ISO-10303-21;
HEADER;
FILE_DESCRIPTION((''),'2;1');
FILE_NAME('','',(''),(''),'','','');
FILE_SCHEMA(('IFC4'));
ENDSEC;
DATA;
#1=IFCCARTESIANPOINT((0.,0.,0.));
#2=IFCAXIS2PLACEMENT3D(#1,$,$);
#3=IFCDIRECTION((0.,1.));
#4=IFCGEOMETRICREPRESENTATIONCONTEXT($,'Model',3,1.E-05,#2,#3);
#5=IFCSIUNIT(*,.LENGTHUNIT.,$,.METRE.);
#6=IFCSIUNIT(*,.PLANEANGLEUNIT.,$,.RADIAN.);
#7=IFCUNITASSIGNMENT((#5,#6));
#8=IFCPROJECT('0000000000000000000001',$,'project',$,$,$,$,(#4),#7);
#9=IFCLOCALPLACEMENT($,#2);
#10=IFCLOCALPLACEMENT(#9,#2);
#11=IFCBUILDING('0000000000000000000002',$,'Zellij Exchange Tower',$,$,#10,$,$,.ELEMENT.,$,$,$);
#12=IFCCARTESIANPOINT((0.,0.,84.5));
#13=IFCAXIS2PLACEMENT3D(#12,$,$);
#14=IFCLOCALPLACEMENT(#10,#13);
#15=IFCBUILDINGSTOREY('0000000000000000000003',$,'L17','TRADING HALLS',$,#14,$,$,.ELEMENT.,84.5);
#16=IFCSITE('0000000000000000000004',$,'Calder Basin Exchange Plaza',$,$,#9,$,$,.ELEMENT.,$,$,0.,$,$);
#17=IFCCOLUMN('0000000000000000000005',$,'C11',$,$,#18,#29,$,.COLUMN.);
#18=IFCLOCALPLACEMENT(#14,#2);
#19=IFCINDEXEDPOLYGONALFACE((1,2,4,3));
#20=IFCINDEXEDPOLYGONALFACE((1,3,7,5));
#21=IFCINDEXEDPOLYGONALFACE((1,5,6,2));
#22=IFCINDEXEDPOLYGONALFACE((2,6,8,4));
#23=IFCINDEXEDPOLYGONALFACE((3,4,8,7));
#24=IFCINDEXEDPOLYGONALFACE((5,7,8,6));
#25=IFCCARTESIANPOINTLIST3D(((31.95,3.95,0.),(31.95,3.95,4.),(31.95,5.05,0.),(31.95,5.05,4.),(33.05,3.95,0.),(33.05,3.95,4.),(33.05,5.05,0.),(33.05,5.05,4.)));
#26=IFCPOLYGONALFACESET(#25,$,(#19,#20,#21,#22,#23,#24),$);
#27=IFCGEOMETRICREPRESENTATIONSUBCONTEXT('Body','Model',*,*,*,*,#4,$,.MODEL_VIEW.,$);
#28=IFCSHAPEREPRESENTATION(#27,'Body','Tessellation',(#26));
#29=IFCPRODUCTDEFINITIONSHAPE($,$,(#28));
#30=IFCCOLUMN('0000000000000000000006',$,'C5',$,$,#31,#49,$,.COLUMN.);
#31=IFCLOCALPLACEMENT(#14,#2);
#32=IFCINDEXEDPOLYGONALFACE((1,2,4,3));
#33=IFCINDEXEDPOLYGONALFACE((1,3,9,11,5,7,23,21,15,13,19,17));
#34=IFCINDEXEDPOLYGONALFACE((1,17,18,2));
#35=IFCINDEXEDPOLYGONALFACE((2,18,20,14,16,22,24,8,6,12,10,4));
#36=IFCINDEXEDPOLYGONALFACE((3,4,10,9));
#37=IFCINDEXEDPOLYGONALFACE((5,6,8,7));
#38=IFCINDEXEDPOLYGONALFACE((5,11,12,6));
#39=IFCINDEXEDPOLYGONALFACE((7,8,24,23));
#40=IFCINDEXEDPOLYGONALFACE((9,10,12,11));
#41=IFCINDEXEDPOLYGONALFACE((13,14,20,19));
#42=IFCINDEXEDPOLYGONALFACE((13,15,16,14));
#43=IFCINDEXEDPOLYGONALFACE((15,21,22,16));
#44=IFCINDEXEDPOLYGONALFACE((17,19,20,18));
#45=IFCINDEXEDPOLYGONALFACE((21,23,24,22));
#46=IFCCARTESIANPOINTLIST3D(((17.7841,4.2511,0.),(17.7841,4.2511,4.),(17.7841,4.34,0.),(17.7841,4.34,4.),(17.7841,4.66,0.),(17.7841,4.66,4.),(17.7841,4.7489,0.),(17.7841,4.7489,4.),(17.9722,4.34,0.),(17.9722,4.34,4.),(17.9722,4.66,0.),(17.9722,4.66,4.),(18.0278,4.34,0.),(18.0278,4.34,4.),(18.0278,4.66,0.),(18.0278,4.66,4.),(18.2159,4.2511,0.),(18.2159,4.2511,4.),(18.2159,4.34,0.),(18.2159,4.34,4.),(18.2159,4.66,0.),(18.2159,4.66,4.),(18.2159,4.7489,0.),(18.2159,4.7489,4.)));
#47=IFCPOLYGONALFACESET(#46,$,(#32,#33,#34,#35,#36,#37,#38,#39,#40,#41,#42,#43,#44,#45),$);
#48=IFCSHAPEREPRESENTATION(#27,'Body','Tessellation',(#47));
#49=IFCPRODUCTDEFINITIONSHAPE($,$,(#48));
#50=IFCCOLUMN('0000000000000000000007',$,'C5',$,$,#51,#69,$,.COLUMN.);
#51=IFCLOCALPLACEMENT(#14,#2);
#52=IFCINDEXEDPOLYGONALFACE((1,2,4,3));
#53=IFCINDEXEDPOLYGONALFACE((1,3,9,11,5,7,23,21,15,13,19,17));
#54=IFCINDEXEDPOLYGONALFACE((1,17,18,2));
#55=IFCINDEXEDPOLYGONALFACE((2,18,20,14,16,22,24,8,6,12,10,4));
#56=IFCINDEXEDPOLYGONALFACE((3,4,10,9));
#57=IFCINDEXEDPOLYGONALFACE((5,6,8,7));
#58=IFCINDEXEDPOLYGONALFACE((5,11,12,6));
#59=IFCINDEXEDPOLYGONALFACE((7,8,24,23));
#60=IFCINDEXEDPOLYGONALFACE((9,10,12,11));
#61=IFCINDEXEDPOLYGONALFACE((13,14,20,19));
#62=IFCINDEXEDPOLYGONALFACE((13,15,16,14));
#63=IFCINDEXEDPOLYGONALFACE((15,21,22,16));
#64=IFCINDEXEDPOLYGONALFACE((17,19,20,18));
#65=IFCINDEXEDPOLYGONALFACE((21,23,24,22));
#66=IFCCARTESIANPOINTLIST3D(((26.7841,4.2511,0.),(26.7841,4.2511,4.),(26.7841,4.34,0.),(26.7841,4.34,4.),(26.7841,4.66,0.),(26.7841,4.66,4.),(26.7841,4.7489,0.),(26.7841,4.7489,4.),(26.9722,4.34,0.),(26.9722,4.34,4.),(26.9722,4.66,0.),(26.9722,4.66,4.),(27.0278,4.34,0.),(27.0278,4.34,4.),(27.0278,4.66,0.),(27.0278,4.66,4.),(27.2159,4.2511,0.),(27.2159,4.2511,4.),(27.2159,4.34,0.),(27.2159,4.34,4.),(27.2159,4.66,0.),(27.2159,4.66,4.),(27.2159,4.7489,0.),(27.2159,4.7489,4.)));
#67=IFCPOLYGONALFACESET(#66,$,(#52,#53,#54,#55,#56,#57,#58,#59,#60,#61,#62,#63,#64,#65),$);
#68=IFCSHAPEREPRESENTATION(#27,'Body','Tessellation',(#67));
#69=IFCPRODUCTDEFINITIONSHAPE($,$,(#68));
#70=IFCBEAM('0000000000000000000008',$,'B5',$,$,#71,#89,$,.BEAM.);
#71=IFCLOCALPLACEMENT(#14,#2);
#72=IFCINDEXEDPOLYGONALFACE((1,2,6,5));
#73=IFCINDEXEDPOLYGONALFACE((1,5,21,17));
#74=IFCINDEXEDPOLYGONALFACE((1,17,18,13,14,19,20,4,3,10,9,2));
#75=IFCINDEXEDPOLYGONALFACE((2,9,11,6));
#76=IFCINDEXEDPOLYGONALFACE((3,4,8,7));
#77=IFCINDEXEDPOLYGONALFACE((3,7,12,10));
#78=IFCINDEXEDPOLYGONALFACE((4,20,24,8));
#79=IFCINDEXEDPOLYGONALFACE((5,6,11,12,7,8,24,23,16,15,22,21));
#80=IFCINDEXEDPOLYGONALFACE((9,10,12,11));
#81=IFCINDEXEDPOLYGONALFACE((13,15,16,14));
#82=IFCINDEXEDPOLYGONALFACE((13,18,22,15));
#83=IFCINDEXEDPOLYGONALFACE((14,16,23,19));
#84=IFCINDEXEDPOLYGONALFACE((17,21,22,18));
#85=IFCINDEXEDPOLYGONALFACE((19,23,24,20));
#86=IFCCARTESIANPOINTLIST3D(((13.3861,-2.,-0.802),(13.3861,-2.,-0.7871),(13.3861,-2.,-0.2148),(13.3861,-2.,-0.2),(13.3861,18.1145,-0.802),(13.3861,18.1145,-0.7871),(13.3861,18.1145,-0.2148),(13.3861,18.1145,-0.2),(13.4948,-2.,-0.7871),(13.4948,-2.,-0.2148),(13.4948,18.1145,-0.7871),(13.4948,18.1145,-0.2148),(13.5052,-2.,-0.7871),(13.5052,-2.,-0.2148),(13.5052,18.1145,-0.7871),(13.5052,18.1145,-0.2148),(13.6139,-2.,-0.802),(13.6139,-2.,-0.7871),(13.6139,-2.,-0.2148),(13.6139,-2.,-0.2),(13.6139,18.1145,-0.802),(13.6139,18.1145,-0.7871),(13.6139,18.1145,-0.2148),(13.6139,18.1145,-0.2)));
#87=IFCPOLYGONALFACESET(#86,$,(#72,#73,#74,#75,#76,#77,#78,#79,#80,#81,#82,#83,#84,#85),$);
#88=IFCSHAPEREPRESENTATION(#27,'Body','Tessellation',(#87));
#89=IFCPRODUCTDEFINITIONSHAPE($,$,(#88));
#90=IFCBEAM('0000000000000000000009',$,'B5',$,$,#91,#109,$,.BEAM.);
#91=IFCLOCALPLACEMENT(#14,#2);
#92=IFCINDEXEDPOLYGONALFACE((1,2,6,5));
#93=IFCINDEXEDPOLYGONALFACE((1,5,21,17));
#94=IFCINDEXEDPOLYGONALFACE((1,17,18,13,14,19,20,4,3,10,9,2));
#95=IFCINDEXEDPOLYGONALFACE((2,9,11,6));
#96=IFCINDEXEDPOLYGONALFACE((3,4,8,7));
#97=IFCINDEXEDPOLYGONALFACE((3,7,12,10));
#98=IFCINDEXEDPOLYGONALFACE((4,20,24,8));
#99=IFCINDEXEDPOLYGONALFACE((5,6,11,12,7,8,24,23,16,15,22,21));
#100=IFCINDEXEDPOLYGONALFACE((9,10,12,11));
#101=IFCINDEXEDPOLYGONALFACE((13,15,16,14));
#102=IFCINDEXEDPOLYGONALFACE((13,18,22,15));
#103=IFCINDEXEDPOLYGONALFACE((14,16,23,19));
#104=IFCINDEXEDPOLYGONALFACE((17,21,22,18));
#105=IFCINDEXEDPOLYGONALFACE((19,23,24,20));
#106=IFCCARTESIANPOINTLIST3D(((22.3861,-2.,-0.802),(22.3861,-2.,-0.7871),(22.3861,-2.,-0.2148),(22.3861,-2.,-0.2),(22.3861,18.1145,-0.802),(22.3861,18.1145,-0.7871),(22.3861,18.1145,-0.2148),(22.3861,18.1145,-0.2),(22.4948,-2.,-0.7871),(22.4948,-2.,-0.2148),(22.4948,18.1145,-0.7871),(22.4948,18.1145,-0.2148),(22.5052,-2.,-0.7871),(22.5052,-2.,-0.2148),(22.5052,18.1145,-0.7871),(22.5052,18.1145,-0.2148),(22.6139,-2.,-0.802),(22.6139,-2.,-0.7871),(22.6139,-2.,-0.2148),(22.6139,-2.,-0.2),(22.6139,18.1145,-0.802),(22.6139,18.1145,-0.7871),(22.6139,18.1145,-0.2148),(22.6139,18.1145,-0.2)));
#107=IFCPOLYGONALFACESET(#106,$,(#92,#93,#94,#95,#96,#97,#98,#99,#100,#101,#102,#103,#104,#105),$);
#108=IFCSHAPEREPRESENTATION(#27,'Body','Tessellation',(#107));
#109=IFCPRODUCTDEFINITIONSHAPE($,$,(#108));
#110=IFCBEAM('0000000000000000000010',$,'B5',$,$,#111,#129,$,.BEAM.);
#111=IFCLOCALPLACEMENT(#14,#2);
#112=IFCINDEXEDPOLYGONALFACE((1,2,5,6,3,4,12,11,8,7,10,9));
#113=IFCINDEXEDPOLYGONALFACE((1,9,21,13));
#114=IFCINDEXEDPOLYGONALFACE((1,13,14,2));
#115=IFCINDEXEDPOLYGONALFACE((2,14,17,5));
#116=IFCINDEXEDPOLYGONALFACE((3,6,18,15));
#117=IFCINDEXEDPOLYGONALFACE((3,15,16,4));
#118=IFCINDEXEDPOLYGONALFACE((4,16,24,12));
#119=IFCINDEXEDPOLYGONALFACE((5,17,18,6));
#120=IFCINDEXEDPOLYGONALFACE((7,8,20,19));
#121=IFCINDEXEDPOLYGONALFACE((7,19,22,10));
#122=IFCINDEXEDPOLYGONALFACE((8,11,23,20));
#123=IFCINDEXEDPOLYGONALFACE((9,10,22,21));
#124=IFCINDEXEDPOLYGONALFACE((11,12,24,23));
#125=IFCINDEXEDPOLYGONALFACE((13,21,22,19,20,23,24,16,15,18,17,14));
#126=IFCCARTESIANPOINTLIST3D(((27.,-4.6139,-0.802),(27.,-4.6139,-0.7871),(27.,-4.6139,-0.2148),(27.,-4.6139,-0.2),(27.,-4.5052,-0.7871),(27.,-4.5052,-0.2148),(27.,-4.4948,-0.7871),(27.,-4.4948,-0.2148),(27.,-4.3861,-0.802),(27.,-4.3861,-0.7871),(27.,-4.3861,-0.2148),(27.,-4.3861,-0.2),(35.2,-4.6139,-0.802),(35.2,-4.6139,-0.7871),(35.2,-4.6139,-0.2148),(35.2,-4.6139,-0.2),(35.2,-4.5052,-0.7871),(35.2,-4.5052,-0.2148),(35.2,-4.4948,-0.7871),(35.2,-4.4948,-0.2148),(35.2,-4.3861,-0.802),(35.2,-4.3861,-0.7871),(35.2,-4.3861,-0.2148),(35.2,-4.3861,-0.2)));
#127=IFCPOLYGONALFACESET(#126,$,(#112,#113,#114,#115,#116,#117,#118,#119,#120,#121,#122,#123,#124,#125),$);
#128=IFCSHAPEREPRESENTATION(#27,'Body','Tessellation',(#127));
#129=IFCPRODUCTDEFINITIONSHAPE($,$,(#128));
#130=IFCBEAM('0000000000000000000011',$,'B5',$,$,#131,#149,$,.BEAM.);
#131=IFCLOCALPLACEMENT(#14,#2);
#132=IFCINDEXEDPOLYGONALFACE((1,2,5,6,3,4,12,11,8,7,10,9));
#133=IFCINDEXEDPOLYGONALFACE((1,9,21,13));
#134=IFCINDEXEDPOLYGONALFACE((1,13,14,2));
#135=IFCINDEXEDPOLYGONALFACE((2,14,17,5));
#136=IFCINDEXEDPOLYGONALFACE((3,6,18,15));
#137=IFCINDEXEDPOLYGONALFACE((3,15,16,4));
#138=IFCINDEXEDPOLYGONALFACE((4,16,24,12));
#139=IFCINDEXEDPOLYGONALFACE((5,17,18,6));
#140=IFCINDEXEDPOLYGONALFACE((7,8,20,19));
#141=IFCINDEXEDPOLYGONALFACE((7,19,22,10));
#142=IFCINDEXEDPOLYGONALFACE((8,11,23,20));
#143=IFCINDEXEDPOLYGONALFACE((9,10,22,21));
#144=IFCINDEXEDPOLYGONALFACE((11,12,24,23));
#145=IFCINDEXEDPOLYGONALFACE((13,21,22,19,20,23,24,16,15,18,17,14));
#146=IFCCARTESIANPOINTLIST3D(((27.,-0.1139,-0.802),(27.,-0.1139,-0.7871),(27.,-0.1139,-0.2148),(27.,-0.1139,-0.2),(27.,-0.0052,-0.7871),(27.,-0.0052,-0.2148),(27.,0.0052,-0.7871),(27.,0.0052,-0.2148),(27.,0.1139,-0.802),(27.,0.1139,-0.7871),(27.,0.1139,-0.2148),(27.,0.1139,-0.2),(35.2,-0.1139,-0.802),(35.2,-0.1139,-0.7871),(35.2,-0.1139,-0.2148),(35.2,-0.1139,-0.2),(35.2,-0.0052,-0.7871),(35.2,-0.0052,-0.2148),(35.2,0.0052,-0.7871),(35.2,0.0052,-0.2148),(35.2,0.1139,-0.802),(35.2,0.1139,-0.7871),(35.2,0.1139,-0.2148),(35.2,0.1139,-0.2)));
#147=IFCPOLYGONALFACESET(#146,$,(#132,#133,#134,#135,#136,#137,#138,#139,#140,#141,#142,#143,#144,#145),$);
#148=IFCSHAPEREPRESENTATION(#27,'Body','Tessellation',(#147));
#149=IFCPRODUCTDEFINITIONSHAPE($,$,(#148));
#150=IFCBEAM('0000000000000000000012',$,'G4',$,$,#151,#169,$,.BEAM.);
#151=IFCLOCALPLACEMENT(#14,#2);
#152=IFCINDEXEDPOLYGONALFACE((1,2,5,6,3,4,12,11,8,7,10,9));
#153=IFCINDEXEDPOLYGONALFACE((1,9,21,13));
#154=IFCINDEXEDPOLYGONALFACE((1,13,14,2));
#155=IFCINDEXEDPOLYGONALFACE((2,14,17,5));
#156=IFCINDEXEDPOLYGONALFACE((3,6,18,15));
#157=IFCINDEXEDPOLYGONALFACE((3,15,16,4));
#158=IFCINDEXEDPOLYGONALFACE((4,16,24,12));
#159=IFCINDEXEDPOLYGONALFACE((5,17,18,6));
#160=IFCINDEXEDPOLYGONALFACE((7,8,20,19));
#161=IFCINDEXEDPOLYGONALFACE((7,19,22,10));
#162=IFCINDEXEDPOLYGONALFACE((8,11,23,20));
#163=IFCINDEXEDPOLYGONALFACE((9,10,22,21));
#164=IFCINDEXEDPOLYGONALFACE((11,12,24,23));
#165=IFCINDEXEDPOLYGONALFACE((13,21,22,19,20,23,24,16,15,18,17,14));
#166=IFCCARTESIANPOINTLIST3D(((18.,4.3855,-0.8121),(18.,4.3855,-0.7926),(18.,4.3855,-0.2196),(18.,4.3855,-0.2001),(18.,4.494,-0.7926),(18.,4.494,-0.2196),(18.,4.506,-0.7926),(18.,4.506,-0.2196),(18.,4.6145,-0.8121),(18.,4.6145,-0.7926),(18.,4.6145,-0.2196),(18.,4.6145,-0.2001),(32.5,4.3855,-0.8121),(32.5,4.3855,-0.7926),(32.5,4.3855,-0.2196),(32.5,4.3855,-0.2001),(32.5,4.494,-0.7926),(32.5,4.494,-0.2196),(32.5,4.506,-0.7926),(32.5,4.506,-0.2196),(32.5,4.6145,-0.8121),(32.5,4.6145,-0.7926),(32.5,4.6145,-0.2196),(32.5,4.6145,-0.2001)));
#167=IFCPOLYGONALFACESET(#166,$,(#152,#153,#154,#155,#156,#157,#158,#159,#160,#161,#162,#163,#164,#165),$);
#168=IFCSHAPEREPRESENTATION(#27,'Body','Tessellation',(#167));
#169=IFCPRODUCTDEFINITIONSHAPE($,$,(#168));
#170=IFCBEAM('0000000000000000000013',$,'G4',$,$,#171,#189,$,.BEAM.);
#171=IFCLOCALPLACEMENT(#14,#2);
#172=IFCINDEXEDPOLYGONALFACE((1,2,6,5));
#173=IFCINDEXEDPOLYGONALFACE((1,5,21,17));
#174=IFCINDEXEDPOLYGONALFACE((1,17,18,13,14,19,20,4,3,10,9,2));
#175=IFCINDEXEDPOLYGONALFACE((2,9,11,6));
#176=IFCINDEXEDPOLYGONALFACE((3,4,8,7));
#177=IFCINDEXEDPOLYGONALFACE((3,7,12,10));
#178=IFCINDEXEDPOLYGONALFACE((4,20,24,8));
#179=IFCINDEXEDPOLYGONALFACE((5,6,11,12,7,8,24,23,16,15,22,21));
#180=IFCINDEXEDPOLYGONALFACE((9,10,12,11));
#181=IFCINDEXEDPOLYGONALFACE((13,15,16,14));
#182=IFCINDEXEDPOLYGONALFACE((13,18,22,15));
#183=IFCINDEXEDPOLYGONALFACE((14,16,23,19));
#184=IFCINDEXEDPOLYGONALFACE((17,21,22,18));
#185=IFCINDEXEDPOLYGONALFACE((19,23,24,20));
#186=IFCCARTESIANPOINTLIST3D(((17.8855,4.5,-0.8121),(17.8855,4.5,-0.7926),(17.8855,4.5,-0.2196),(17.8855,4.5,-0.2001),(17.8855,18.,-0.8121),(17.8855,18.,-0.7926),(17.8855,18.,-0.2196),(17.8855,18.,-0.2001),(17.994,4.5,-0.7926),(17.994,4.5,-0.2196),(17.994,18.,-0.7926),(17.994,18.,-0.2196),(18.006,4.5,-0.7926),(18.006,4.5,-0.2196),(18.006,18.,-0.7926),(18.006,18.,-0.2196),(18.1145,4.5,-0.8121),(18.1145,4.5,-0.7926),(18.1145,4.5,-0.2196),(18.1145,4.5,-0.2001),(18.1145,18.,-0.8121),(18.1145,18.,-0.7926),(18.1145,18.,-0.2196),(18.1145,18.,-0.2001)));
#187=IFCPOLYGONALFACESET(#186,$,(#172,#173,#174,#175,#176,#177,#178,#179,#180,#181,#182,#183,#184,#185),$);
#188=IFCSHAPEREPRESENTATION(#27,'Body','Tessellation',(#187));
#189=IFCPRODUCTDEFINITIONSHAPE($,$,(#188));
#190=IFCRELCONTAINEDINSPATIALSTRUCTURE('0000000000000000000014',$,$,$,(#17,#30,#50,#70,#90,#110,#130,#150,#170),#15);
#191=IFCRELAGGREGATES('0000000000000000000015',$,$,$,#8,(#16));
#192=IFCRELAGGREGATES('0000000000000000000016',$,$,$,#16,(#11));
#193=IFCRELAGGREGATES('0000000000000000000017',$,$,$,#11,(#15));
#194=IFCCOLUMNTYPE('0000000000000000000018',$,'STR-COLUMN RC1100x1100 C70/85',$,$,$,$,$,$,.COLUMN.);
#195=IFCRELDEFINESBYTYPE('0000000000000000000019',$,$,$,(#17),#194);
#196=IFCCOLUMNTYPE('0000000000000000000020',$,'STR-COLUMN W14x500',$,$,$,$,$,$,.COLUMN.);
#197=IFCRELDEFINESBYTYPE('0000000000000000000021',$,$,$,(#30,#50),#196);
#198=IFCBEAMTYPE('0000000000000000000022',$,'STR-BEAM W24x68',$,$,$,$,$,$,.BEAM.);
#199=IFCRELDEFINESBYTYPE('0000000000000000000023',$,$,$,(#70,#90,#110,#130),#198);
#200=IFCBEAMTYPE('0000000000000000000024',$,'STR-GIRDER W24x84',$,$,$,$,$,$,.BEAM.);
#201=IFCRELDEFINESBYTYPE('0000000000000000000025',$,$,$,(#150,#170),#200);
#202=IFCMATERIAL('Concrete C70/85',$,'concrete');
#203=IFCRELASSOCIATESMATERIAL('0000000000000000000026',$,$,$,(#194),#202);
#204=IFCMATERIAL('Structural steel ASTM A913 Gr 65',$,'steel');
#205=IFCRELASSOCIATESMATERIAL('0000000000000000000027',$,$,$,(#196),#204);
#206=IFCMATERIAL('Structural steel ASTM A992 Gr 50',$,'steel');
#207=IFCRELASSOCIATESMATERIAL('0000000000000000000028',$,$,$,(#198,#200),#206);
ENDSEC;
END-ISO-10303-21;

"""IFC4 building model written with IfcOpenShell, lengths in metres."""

from ifc_helpers import new_model, si_unit, direction, frame, origin, origin_2d, place, context, subcontext, project, spatial, rectangle, i_section, extrude, material, material_profile, profile_set, type_object, element, save


model = new_model("IFC4")

# Units and contexts
model_context = context("Model", 3, precision=1e-05, world=origin(), true_north=direction((0.0, 1.0)))
body_context = subcontext(model_context, "Body", "Model", "MODEL_VIEW")
ifc_project = project(units=[si_unit("LENGTHUNIT", "METRE"), si_unit("PLANEANGLEUNIT", "RADIAN")], contexts=[model_context])

# Site, building, storey
site_placement = place(None, origin())
site = spatial("IfcSite", under=ifc_project, at=site_placement, Name="Calder Basin Exchange Plaza", CompositionType="ELEMENT", RefElevation=0.0)
building_placement = place(site_placement, origin())
building = spatial("IfcBuilding", under=site, at=building_placement, Name="Zellij Exchange Tower", CompositionType="ELEMENT")
storey_placement = place(building_placement, frame((0.0, 0.0, 84.5)))
storey = spatial("IfcBuildingStorey", under=building, at=storey_placement, Name="L17", Description="TRADING HALLS", CompositionType="ELEMENT", Elevation=84.5)

# Columns
ifc_material_1 = material(Name="Concrete C70/85", Category="concrete")
ifc_material_profile_1 = material_profile(ifc_material_1, rectangle(XDim=1.1001, YDim=1.1001, at=origin_2d()), Name="STR-COLUMN RC1100x1100 C70/85")
ifc_profile_set_1 = profile_set([ifc_material_profile_1], Name="Concrete C70/85")
column_type_1 = type_object("IfcColumnType", Name="STR-COLUMN RC1100x1100 C70/85", PredefinedType="COLUMN", material=ifc_profile_set_1)
column_placement = place(storey_placement, frame((32.5, 4.5, 0.0), z_axis=(0.0, 0.0, 1.0), x_axis=(1.0, 0.0, 0.0)))
element("IfcColumn", 1, at=column_placement, inside=storey, type_object=column_type_1, Name="C11", PredefinedType="COLUMN", context=body_context, shape_type="SweptSolid", body=[
    extrude(rectangle(XDim=1.1001, YDim=1.1001, at=origin_2d()), origin(), (0.0, 0.0, 1.0), 4.0),
])
ifc_material_2 = material(Name="Structural steel ASTM A913 Gr 65", Category="steel")
ifc_material_profile_2 = material_profile(ifc_material_2, i_section(OverallWidth=0.4319, OverallDepth=0.4978, WebThickness=0.0557, FlangeThickness=0.0889, at=origin_2d()), Name="W14x500")
ifc_profile_set_2 = profile_set([ifc_material_profile_2], Name="Structural steel ASTM A913 Gr 65")
column_type_2 = type_object("IfcColumnType", Name="STR-COLUMN W14x500", PredefinedType="COLUMN", material=ifc_profile_set_2)
for number, where, z_axis, x_axis, name in (
    (2, (18.0, 4.5, 0.0), (0.0, 0.0, 1.0), (1.0, 0.0, 0.0), "C5"),
    (3, (27.0, 4.5, 0.0), (0.0, 0.0, 1.0), (1.0, 0.0, 0.0), "C5"),
):
    element("IfcColumn", number, at=place(storey_placement, frame(where, z_axis=z_axis, x_axis=x_axis)), inside=storey, type_object=column_type_2, Name=name, PredefinedType="COLUMN", context=body_context, shape_type="SweptSolid", body=[
        extrude(i_section(OverallWidth=0.4319, OverallDepth=0.4978, WebThickness=0.0557, FlangeThickness=0.0889, at=origin_2d()), origin(), (0.0, 0.0, 1.0), 4.0),
    ])

# Beams
ifc_material_3 = material(Name="Structural steel ASTM A992 Gr 50", Category="steel")
ifc_material_profile_3 = material_profile(ifc_material_3, i_section(OverallWidth=0.2278, OverallDepth=0.6021, WebThickness=0.0105, FlangeThickness=0.0149, at=origin_2d()), Name="W24x68")
ifc_profile_set_3 = profile_set([ifc_material_profile_3], Name="Structural steel ASTM A992 Gr 50")
beam_type_1 = type_object("IfcBeamType", Name="STR-BEAM W24x68", PredefinedType="BEAM", material=ifc_profile_set_3)
for number, where, z_axis, x_axis, name in (
    (4, (13.5, -2.0, -0.501), (0.0, 1.0, 0.0), (-1.0, 0.0, 0.0), "B5"),
    (5, (22.5, -2.0, -0.501), (0.0, 1.0, 0.0), (-1.0, 0.0, 0.0), "B5"),
):
    element("IfcBeam", number, at=place(storey_placement, frame(where, z_axis=z_axis, x_axis=x_axis)), inside=storey, type_object=beam_type_1, Name=name, PredefinedType="BEAM", context=body_context, shape_type="SweptSolid", body=[
        extrude(i_section(OverallWidth=0.2278, OverallDepth=0.6021, WebThickness=0.0105, FlangeThickness=0.0149, at=origin_2d()), origin(), (0.0, 0.0, 1.0), 20.1145),
    ])
for number, where, z_axis, x_axis, name in (
    (6, (27.0, -4.5, -0.501), (1.0, 0.0, 0.0), (0.0, 1.0, 0.0), "B5"),
    (7, (27.0, 0.0, -0.501), (1.0, 0.0, 0.0), (0.0, 1.0, 0.0), "B5"),
):
    element("IfcBeam", number, at=place(storey_placement, frame(where, z_axis=z_axis, x_axis=x_axis)), inside=storey, type_object=beam_type_1, Name=name, PredefinedType="BEAM", context=body_context, shape_type="SweptSolid", body=[
        extrude(i_section(OverallWidth=0.2278, OverallDepth=0.6021, WebThickness=0.0105, FlangeThickness=0.0149, at=origin_2d()), origin(), (0.0, 0.0, 1.0), 8.2),
    ])
ifc_material_profile_4 = material_profile(ifc_material_3, i_section(OverallWidth=0.229, OverallDepth=0.6121, WebThickness=0.012, FlangeThickness=0.0195, at=origin_2d()), Name="W24x84")
ifc_profile_set_4 = profile_set([ifc_material_profile_4], Name="Structural steel ASTM A992 Gr 50")
beam_type_2 = type_object("IfcBeamType", Name="STR-GIRDER W24x84", PredefinedType="BEAM", material=ifc_profile_set_4)
beam_1_placement = place(storey_placement, frame((18.0, 4.5, -0.5061), z_axis=(1.0, 0.0, 0.0), x_axis=(0.0, 1.0, 0.0)))
element("IfcBeam", 8, at=beam_1_placement, inside=storey, type_object=beam_type_2, Name="G4", PredefinedType="BEAM", context=body_context, shape_type="SweptSolid", body=[
    extrude(i_section(OverallWidth=0.229, OverallDepth=0.6121, WebThickness=0.012, FlangeThickness=0.0195, at=origin_2d()), origin(), (0.0, 0.0, 1.0), 14.5),
])
beam_2_placement = place(storey_placement, frame((18.0, 4.5, -0.5061), z_axis=(0.0, 1.0, 0.0), x_axis=(-1.0, 0.0, 0.0)))
element("IfcBeam", 9, at=beam_2_placement, inside=storey, type_object=beam_type_2, Name="G4", PredefinedType="BEAM", context=body_context, shape_type="SweptSolid", body=[
    extrude(i_section(OverallWidth=0.229, OverallDepth=0.6121, WebThickness=0.012, FlangeThickness=0.0195, at=origin_2d()), origin(), (0.0, 0.0, 1.0), 13.5),
])

save(model, "model.ifc")
